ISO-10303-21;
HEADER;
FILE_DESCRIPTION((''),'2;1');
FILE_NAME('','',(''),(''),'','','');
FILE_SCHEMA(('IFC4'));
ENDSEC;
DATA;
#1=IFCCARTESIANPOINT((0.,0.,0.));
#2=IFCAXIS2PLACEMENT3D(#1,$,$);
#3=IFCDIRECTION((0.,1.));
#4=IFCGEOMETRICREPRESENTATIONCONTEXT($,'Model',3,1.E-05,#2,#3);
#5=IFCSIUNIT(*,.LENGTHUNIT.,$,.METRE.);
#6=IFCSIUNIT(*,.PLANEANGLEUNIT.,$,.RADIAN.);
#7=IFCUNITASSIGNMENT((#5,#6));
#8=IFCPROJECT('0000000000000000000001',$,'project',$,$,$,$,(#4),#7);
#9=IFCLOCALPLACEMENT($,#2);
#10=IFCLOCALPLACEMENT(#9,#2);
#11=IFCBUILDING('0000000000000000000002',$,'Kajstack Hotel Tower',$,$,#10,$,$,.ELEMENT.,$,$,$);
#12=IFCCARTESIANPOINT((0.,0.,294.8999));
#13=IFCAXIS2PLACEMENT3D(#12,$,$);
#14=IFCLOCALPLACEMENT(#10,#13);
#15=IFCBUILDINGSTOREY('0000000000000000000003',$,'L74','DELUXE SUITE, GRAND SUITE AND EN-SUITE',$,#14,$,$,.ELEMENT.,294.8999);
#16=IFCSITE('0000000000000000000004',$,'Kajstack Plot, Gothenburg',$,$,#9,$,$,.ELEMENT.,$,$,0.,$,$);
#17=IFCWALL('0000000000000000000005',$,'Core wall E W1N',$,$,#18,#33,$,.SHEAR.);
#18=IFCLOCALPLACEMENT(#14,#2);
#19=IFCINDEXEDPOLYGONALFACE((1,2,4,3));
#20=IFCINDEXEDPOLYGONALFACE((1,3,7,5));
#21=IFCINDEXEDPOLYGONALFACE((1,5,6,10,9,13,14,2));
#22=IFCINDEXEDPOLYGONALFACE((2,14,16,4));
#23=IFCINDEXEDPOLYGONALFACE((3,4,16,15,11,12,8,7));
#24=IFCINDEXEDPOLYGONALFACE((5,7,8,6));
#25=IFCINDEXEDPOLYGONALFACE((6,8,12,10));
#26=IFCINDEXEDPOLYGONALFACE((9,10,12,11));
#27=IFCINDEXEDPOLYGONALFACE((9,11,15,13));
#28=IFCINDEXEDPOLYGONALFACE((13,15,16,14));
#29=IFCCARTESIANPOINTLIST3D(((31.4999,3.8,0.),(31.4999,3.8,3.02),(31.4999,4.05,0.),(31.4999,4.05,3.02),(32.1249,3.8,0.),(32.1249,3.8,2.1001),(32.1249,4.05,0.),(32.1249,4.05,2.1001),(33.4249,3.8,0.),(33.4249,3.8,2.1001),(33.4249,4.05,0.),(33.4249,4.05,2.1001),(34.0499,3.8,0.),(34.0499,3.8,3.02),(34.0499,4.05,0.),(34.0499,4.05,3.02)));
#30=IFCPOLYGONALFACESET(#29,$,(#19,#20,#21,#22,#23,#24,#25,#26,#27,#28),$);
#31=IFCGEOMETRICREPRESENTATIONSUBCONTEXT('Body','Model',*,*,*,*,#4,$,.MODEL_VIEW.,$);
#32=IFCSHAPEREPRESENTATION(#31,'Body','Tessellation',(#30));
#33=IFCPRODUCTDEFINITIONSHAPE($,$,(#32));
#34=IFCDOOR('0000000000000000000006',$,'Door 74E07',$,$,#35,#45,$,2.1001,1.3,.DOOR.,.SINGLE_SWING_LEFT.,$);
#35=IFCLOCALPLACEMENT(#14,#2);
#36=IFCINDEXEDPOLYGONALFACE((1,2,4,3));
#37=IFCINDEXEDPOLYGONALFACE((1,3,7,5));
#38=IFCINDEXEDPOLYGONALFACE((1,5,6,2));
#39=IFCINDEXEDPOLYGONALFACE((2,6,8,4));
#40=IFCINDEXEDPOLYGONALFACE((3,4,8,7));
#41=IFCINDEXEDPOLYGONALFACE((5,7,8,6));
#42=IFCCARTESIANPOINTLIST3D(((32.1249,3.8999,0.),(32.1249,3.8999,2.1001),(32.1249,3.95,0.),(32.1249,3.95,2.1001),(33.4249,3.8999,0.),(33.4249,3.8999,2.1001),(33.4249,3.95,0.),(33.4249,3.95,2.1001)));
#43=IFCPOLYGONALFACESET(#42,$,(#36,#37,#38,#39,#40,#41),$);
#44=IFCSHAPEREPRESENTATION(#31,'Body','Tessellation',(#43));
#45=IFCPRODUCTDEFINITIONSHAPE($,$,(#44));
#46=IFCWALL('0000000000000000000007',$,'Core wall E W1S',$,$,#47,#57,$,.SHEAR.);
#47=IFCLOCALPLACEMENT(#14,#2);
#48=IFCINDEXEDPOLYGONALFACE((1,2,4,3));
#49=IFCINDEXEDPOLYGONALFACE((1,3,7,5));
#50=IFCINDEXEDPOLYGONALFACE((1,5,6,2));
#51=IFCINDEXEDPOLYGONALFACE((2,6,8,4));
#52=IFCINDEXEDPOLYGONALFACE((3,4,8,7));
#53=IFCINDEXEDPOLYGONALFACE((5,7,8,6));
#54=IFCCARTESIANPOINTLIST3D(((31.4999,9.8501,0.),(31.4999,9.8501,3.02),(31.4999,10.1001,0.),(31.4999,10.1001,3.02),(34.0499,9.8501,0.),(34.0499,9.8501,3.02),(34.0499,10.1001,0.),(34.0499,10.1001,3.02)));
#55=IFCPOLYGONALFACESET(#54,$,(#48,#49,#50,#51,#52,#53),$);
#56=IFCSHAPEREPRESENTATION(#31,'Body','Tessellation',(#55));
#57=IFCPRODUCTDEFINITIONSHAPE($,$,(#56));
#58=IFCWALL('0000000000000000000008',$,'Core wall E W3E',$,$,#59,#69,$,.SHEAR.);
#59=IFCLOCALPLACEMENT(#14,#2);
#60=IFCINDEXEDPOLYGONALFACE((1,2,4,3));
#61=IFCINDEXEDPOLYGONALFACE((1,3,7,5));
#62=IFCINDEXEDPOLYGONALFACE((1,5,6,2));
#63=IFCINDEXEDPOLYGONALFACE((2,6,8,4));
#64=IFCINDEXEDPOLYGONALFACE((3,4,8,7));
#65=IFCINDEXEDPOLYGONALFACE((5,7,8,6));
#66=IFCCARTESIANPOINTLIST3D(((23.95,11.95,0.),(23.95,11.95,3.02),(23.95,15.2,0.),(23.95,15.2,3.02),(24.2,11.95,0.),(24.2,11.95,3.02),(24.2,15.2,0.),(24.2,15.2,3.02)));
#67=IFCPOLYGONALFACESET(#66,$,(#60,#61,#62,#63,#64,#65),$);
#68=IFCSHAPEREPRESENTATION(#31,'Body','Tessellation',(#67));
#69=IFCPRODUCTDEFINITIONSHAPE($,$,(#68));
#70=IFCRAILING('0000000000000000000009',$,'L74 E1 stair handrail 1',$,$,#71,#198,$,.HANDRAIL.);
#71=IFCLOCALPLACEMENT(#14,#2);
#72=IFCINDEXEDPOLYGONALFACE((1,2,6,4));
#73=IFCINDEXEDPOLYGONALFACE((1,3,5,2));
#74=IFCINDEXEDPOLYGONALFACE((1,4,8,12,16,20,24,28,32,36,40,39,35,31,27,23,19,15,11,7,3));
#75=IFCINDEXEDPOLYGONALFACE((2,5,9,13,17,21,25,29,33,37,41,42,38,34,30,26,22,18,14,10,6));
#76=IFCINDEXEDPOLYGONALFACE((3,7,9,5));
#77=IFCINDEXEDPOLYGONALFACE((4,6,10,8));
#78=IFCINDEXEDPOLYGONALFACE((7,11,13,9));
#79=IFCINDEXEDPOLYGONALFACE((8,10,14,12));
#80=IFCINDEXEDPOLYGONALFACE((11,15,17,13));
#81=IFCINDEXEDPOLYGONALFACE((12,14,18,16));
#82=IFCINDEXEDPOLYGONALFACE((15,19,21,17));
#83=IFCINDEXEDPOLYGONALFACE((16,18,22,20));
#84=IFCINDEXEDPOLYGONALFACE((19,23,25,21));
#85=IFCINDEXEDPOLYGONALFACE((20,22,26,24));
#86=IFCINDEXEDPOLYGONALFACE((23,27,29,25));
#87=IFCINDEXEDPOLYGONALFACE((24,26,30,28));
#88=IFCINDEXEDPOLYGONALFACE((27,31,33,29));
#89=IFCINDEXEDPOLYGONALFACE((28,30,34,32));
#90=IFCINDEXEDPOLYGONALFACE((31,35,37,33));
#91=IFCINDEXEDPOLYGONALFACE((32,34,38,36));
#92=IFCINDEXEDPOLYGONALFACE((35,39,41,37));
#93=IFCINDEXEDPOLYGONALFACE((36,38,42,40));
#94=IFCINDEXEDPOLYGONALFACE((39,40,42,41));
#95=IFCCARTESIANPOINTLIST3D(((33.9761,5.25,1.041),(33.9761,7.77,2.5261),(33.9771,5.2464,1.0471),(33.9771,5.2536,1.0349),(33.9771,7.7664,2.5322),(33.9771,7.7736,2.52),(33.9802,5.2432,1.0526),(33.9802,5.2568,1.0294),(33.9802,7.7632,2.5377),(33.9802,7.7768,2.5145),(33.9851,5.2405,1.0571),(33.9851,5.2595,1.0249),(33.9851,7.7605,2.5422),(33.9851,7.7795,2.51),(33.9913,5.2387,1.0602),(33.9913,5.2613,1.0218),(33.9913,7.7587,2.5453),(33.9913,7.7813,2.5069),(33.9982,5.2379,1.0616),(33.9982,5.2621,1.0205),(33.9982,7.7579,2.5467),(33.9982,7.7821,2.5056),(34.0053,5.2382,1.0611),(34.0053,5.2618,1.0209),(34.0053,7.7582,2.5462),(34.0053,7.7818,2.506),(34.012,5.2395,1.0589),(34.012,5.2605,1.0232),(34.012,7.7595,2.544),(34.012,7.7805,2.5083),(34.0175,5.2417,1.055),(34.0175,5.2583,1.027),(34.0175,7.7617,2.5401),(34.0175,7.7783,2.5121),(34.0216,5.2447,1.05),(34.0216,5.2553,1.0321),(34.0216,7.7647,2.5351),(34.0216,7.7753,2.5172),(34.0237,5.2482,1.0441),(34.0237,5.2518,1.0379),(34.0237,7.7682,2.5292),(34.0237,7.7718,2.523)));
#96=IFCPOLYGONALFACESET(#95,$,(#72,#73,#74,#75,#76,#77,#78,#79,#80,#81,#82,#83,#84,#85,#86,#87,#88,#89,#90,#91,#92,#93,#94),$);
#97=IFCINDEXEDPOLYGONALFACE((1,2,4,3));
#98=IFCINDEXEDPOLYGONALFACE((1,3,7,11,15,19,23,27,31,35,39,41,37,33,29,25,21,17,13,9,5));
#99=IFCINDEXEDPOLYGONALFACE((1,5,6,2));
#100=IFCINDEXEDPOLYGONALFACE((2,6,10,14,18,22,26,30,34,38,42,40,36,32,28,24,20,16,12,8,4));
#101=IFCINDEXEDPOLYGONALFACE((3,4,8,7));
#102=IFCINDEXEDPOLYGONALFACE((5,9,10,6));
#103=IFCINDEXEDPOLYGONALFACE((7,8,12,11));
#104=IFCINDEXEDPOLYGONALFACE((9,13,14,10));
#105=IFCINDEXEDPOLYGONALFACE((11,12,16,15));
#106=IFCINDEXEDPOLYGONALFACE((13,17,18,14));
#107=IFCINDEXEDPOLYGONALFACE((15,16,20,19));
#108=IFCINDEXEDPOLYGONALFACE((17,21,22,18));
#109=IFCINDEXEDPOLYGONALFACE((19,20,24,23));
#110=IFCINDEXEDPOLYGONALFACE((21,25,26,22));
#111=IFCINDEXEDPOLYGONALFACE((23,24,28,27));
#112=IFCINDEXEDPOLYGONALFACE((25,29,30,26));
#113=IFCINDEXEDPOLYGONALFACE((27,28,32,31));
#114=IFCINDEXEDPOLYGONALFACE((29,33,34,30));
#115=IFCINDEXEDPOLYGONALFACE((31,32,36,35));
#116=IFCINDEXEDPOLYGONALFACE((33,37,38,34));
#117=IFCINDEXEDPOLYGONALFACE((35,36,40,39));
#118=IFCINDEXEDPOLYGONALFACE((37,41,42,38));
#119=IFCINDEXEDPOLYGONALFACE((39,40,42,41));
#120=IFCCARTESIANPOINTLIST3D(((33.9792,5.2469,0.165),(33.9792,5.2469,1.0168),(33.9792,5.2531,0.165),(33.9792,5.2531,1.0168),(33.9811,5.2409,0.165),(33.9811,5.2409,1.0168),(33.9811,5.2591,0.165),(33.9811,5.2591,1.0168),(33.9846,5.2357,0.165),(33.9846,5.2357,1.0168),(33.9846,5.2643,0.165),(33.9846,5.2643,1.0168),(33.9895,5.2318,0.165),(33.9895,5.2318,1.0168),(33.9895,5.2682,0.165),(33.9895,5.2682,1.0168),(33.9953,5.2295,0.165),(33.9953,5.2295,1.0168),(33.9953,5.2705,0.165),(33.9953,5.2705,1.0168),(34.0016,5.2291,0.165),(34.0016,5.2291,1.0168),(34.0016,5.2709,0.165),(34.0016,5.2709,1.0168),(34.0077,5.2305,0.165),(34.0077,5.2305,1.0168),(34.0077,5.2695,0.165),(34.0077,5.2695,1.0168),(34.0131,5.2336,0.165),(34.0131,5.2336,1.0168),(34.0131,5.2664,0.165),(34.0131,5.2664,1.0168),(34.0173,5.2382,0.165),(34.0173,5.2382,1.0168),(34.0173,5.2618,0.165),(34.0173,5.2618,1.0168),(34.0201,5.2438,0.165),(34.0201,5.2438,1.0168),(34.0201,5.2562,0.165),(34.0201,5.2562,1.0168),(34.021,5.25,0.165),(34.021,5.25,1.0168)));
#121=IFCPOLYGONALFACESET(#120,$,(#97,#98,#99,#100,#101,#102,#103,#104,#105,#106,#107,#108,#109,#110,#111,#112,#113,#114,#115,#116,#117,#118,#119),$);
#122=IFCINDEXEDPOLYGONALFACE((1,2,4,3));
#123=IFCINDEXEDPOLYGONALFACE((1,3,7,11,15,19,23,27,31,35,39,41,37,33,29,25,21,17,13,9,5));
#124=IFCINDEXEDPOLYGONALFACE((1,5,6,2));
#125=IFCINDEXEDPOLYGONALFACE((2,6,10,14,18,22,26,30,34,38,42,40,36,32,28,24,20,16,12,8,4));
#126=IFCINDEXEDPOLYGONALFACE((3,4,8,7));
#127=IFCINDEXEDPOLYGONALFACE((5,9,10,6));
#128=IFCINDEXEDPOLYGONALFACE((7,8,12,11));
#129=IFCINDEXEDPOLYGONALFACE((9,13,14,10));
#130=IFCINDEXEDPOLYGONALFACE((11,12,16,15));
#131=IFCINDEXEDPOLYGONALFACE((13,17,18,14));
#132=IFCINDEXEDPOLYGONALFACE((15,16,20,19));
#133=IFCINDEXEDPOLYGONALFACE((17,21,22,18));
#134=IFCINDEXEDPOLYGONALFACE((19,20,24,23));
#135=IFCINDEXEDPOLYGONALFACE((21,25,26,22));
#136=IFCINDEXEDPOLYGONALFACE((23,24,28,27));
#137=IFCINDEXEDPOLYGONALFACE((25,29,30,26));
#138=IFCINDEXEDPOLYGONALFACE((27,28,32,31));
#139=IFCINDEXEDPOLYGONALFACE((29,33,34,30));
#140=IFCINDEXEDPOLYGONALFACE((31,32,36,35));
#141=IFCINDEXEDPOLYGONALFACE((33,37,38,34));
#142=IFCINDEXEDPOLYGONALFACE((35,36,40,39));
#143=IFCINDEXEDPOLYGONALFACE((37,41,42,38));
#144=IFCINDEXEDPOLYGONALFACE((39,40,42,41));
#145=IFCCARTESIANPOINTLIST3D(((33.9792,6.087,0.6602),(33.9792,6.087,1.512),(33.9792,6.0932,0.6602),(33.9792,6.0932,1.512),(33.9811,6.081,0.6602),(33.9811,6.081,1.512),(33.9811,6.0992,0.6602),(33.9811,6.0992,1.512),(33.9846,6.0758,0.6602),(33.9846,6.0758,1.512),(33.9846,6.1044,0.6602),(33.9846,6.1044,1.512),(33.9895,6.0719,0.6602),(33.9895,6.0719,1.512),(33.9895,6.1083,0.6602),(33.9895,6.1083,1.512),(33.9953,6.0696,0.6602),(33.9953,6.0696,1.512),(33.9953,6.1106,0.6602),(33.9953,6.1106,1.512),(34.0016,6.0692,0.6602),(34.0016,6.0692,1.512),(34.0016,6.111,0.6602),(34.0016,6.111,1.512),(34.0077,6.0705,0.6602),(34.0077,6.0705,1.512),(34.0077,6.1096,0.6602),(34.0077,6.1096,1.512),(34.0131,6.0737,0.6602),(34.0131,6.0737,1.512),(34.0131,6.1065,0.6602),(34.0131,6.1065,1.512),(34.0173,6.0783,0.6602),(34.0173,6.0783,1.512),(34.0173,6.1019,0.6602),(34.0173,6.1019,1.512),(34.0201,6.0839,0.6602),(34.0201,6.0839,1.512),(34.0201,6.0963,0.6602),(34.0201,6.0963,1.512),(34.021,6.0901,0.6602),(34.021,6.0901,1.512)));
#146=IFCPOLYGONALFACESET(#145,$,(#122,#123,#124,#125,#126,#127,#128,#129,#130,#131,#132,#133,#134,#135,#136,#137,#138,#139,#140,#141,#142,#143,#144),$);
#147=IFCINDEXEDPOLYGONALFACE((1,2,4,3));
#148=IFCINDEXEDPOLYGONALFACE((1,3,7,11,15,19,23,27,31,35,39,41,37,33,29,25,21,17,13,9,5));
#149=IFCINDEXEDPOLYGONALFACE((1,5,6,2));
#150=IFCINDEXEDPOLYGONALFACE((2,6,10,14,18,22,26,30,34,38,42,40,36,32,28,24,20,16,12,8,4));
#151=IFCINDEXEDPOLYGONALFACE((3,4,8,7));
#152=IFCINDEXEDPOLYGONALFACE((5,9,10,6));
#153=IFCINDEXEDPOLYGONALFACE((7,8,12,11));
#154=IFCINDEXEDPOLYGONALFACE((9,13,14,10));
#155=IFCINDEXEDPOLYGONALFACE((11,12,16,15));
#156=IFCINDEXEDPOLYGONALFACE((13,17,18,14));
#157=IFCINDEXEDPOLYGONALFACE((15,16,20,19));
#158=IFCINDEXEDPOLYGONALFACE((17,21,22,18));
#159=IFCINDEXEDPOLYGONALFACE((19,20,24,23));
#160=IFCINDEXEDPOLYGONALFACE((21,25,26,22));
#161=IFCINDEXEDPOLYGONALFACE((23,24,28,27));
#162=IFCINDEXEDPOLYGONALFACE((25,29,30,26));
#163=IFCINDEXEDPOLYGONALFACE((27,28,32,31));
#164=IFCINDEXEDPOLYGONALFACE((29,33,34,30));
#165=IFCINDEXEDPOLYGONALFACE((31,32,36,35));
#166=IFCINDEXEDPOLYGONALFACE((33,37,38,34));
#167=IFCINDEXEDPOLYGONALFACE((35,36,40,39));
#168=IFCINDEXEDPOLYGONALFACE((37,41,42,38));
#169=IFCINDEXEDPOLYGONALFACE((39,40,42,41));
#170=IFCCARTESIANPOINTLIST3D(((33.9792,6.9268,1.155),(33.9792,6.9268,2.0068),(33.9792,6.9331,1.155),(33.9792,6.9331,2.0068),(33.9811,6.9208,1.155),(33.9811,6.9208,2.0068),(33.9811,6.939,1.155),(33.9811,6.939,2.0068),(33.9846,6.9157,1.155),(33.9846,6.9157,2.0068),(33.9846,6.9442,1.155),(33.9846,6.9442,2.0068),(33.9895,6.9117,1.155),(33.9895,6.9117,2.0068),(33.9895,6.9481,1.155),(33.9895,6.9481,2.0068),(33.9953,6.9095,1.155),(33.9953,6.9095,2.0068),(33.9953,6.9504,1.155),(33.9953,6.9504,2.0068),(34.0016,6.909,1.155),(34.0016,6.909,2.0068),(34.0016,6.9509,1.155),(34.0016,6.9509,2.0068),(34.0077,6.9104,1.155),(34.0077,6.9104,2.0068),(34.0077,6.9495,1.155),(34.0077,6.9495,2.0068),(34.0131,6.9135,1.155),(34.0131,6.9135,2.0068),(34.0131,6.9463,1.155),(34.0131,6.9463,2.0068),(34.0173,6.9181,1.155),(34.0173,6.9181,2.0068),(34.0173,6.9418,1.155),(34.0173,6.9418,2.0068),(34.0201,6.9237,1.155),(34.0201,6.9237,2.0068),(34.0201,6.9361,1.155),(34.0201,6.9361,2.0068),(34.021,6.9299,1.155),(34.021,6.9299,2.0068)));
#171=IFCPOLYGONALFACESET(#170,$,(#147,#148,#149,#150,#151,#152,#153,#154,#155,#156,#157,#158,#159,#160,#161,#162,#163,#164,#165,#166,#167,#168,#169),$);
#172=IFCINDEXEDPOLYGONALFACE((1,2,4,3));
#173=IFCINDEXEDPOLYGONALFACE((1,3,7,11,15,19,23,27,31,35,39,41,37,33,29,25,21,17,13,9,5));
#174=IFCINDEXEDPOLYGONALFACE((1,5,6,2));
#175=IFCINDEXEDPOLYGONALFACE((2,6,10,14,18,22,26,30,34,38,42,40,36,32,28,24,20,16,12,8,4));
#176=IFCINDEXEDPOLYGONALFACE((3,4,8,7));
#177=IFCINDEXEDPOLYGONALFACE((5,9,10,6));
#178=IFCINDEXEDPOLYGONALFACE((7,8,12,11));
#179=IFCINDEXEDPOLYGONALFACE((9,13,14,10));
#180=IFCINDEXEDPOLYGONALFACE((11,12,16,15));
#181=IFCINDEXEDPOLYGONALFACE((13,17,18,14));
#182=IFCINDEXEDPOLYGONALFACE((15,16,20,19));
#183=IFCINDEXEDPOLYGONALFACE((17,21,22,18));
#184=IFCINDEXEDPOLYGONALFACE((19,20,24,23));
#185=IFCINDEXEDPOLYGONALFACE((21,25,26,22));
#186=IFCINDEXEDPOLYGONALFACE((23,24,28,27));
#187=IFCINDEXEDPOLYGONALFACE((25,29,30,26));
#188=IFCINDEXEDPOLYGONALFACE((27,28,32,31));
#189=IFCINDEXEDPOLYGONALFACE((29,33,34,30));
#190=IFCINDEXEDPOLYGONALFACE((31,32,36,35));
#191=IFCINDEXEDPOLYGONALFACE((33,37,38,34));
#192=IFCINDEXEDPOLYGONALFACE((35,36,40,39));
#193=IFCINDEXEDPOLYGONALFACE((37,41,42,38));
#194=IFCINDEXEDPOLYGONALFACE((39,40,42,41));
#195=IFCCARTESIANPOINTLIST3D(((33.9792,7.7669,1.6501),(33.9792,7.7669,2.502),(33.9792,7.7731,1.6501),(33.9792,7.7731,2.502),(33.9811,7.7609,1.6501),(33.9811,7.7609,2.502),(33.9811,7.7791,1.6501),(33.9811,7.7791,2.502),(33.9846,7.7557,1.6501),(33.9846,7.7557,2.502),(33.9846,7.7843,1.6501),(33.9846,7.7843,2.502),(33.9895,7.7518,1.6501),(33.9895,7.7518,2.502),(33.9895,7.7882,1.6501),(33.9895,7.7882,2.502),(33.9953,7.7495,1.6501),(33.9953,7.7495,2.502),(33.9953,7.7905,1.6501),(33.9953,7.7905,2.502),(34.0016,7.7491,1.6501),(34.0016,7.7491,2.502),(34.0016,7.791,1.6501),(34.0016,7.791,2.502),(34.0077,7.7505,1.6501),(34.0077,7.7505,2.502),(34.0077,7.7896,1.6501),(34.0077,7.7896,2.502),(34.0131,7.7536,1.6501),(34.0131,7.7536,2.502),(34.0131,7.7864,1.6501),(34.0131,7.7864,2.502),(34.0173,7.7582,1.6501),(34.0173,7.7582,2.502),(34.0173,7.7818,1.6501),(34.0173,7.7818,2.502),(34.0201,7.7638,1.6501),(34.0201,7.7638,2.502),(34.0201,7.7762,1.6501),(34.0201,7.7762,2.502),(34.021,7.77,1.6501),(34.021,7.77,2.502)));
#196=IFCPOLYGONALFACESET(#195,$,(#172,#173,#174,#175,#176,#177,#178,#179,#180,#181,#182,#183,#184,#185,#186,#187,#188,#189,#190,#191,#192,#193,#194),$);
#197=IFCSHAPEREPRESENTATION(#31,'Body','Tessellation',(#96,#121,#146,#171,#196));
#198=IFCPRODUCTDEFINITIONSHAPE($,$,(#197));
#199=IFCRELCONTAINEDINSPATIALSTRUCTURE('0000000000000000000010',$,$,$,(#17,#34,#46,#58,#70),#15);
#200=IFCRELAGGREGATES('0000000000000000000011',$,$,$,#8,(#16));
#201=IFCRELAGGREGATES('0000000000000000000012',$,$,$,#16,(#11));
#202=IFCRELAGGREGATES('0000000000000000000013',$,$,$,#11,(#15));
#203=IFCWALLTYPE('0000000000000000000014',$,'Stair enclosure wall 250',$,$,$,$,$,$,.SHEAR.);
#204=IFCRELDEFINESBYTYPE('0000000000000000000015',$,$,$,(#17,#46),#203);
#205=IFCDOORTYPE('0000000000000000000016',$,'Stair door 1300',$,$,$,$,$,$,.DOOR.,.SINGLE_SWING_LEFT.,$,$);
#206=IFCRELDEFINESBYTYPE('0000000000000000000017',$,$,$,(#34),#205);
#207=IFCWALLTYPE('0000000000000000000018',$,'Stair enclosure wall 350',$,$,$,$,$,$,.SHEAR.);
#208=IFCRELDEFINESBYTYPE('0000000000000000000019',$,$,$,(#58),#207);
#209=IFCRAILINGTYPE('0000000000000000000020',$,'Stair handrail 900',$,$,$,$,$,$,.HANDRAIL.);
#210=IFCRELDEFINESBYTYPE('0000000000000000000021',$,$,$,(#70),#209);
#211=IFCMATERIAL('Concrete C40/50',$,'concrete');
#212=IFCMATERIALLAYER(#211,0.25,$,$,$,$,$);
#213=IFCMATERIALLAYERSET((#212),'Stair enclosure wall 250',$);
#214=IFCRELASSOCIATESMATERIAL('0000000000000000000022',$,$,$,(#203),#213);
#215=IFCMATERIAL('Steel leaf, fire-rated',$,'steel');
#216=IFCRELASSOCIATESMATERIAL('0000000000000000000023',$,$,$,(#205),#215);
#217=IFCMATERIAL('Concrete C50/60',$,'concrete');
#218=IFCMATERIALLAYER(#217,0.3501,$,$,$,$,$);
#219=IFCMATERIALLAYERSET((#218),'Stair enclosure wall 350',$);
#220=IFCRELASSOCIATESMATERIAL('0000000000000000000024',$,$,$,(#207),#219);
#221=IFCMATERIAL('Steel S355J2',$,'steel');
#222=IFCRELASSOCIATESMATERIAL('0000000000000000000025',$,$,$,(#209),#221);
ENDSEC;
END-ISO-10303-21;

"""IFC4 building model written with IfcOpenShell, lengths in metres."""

from ifc_helpers import new_model, si_unit, direction, frame, frame_2d, origin, origin_2d, place, context, subcontext, project, spatial, rectangle, circle, extrude, material, layer, layer_set, type_object, element, fill, save


model = new_model("IFC4")

# Units and contexts
model_context = context("Model", 3, precision=1e-05, world=origin(), true_north=direction((0.0, 1.0)))
body_context = subcontext(model_context, "Body", "Model", "MODEL_VIEW")
ifc_project = project(units=[si_unit("LENGTHUNIT", "METRE"), si_unit("PLANEANGLEUNIT", "RADIAN")], contexts=[model_context])

# Site, building, storey
site_placement = place(None, origin())
site = spatial("IfcSite", under=ifc_project, at=site_placement, Name="Kajstack Plot, Gothenburg", CompositionType="ELEMENT", RefElevation=0.0)
building_placement = place(site_placement, origin())
building = spatial("IfcBuilding", under=site, at=building_placement, Name="Kajstack Hotel Tower", CompositionType="ELEMENT")
storey_placement = place(building_placement, frame((0.0, 0.0, 294.8999)))
storey = spatial("IfcBuildingStorey", under=building, at=storey_placement, Name="L74", Description="DELUXE SUITE, GRAND SUITE AND EN-SUITE", CompositionType="ELEMENT", Elevation=294.8999)

# Shared definitions
ifc_material_1 = material(Name="Concrete C40/50", Category="concrete")
ifc_material_2 = material(Name="Concrete C50/60", Category="concrete")

# Wall, opening, door
ifc_layer_1 = layer(ifc_material_1, 0.25)
ifc_layer_set_1 = layer_set([ifc_layer_1], Name="Stair enclosure wall 250")
wall_type_1 = type_object("IfcWallType", Name="Stair enclosure wall 250", PredefinedType="SHEAR", material=ifc_layer_set_1)
wall_1_placement = place(storey_placement, frame((31.5, 3.925, 0.0), z_axis=(0.0, 0.0, 1.0), x_axis=(1.0, 0.0, 0.0)))
wall_1 = element("IfcWall", 1, at=wall_1_placement, inside=storey, type_object=wall_type_1, Name="Core wall E W1N", PredefinedType="SHEAR", context=body_context, shape_type="SweptSolid", body=[
    extrude(rectangle(XDim=2.55, YDim=0.25, at=frame_2d((1.2749, 0.0))), origin(), (0.0, 0.0, 1.0), 3.02),
])
opening_1_placement = place(wall_1_placement, frame((0.625, 0.0, 0.0)))
opening_1 = element("IfcOpeningElement", 2, at=opening_1_placement, cuts=wall_1, PredefinedType="OPENING", context=body_context, shape_type="SweptSolid", body=[
    extrude(rectangle(XDim=1.3, YDim=2.1001, at=frame_2d((0.6499, 1.05))), frame((0.0, 0.135, 0.0), z_axis=(0.0, -1.0, 0.0), x_axis=(1.0, 0.0, 0.0)), (0.0, 0.0, 1.0), 0.27),
])
ifc_material_3 = material(Name="Steel leaf, fire-rated", Category="steel")
door_type_1 = type_object("IfcDoorType", Name="Stair door 1300", OperationType="SINGLE_SWING_LEFT", PredefinedType="DOOR", material=ifc_material_3)
door_1_placement = place(opening_1_placement, origin())
door_1 = element("IfcDoor", 3, at=door_1_placement, inside=storey, type_object=door_type_1, Name="Door 74E07", OperationType="SINGLE_SWING_LEFT", OverallHeight=2.1001, OverallWidth=1.3, PredefinedType="DOOR", context=body_context, shape_type="SweptSolid", body=[
    extrude(rectangle(XDim=1.3, YDim=2.1001, at=frame_2d((0.6499, 1.05))), frame((0.0, 0.0249, 0.0), z_axis=(0.0, -1.0, 0.0), x_axis=(1.0, 0.0, 0.0)), (0.0, 0.0, 1.0), 0.05),
])
fill(opening_1, door_1)

# Walls
wall_2_placement = place(storey_placement, frame((31.5, 9.9751, 0.0), z_axis=(0.0, 0.0, 1.0), x_axis=(1.0, 0.0, 0.0)))
element("IfcWall", 4, at=wall_2_placement, inside=storey, type_object=wall_type_1, Name="Core wall E W1S", PredefinedType="SHEAR", context=body_context, shape_type="SweptSolid", body=[
    extrude(rectangle(XDim=2.55, YDim=0.25, at=frame_2d((1.2749, 0.0))), origin(), (0.0, 0.0, 1.0), 3.02),
])
ifc_layer_2 = layer(ifc_material_2, 0.3501)
ifc_layer_set_2 = layer_set([ifc_layer_2], Name="Stair enclosure wall 350")
wall_type_2 = type_object("IfcWallType", Name="Stair enclosure wall 350", PredefinedType="SHEAR", material=ifc_layer_set_2)
wall_3_placement = place(storey_placement, frame((24.075, 11.95, 0.0), z_axis=(0.0, 0.0, 1.0), x_axis=(0.0, 1.0, 0.0)))
element("IfcWall", 5, at=wall_3_placement, inside=storey, type_object=wall_type_2, Name="Core wall E W3E", PredefinedType="SHEAR", context=body_context, shape_type="SweptSolid", body=[
    extrude(rectangle(XDim=3.25, YDim=0.25, at=frame_2d((1.625, 0.0))), origin(), (0.0, 0.0, 1.0), 3.02),
])

# Railing
ifc_material_4 = material(Name="Steel S355J2", Category="steel")
railing_type_1 = type_object("IfcRailingType", Name="Stair handrail 900", PredefinedType="HANDRAIL", material=ifc_material_4)
railing_1_placement = place(storey_placement, frame((34.0, 5.25, 0.165)))
element("IfcRailing", 6, at=railing_1_placement, inside=storey, type_object=railing_type_1, Name="L74 E1 stair handrail 1", PredefinedType="HANDRAIL", context=body_context, shape_type="SweptSolid", body=[
    extrude(circle(Radius=0.0239, at=origin_2d()), frame((0.0, 0.0, 0.876), z_axis=(0.0, 0.861524, 0.507717), x_axis=(-1.0, 0.0, 0.0)), (0.0, 0.0, 1.0), 2.925),
    extrude(circle(Radius=0.021, at=origin_2d()), origin(), (0.0, 0.0, 1.0), 0.8518),
    extrude(circle(Radius=0.021, at=origin_2d()), frame((0.0, 0.8401, 0.4951)), (0.0, 0.0, 1.0), 0.8518),
    extrude(circle(Radius=0.021, at=origin_2d()), frame((0.0, 1.6799, 0.99)), (0.0, 0.0, 1.0), 0.8518),
    extrude(circle(Radius=0.021, at=origin_2d()), frame((0.0, 2.52, 1.4851)), (0.0, 0.0, 1.0), 0.8518),
])

save(model, "model.ifc")
